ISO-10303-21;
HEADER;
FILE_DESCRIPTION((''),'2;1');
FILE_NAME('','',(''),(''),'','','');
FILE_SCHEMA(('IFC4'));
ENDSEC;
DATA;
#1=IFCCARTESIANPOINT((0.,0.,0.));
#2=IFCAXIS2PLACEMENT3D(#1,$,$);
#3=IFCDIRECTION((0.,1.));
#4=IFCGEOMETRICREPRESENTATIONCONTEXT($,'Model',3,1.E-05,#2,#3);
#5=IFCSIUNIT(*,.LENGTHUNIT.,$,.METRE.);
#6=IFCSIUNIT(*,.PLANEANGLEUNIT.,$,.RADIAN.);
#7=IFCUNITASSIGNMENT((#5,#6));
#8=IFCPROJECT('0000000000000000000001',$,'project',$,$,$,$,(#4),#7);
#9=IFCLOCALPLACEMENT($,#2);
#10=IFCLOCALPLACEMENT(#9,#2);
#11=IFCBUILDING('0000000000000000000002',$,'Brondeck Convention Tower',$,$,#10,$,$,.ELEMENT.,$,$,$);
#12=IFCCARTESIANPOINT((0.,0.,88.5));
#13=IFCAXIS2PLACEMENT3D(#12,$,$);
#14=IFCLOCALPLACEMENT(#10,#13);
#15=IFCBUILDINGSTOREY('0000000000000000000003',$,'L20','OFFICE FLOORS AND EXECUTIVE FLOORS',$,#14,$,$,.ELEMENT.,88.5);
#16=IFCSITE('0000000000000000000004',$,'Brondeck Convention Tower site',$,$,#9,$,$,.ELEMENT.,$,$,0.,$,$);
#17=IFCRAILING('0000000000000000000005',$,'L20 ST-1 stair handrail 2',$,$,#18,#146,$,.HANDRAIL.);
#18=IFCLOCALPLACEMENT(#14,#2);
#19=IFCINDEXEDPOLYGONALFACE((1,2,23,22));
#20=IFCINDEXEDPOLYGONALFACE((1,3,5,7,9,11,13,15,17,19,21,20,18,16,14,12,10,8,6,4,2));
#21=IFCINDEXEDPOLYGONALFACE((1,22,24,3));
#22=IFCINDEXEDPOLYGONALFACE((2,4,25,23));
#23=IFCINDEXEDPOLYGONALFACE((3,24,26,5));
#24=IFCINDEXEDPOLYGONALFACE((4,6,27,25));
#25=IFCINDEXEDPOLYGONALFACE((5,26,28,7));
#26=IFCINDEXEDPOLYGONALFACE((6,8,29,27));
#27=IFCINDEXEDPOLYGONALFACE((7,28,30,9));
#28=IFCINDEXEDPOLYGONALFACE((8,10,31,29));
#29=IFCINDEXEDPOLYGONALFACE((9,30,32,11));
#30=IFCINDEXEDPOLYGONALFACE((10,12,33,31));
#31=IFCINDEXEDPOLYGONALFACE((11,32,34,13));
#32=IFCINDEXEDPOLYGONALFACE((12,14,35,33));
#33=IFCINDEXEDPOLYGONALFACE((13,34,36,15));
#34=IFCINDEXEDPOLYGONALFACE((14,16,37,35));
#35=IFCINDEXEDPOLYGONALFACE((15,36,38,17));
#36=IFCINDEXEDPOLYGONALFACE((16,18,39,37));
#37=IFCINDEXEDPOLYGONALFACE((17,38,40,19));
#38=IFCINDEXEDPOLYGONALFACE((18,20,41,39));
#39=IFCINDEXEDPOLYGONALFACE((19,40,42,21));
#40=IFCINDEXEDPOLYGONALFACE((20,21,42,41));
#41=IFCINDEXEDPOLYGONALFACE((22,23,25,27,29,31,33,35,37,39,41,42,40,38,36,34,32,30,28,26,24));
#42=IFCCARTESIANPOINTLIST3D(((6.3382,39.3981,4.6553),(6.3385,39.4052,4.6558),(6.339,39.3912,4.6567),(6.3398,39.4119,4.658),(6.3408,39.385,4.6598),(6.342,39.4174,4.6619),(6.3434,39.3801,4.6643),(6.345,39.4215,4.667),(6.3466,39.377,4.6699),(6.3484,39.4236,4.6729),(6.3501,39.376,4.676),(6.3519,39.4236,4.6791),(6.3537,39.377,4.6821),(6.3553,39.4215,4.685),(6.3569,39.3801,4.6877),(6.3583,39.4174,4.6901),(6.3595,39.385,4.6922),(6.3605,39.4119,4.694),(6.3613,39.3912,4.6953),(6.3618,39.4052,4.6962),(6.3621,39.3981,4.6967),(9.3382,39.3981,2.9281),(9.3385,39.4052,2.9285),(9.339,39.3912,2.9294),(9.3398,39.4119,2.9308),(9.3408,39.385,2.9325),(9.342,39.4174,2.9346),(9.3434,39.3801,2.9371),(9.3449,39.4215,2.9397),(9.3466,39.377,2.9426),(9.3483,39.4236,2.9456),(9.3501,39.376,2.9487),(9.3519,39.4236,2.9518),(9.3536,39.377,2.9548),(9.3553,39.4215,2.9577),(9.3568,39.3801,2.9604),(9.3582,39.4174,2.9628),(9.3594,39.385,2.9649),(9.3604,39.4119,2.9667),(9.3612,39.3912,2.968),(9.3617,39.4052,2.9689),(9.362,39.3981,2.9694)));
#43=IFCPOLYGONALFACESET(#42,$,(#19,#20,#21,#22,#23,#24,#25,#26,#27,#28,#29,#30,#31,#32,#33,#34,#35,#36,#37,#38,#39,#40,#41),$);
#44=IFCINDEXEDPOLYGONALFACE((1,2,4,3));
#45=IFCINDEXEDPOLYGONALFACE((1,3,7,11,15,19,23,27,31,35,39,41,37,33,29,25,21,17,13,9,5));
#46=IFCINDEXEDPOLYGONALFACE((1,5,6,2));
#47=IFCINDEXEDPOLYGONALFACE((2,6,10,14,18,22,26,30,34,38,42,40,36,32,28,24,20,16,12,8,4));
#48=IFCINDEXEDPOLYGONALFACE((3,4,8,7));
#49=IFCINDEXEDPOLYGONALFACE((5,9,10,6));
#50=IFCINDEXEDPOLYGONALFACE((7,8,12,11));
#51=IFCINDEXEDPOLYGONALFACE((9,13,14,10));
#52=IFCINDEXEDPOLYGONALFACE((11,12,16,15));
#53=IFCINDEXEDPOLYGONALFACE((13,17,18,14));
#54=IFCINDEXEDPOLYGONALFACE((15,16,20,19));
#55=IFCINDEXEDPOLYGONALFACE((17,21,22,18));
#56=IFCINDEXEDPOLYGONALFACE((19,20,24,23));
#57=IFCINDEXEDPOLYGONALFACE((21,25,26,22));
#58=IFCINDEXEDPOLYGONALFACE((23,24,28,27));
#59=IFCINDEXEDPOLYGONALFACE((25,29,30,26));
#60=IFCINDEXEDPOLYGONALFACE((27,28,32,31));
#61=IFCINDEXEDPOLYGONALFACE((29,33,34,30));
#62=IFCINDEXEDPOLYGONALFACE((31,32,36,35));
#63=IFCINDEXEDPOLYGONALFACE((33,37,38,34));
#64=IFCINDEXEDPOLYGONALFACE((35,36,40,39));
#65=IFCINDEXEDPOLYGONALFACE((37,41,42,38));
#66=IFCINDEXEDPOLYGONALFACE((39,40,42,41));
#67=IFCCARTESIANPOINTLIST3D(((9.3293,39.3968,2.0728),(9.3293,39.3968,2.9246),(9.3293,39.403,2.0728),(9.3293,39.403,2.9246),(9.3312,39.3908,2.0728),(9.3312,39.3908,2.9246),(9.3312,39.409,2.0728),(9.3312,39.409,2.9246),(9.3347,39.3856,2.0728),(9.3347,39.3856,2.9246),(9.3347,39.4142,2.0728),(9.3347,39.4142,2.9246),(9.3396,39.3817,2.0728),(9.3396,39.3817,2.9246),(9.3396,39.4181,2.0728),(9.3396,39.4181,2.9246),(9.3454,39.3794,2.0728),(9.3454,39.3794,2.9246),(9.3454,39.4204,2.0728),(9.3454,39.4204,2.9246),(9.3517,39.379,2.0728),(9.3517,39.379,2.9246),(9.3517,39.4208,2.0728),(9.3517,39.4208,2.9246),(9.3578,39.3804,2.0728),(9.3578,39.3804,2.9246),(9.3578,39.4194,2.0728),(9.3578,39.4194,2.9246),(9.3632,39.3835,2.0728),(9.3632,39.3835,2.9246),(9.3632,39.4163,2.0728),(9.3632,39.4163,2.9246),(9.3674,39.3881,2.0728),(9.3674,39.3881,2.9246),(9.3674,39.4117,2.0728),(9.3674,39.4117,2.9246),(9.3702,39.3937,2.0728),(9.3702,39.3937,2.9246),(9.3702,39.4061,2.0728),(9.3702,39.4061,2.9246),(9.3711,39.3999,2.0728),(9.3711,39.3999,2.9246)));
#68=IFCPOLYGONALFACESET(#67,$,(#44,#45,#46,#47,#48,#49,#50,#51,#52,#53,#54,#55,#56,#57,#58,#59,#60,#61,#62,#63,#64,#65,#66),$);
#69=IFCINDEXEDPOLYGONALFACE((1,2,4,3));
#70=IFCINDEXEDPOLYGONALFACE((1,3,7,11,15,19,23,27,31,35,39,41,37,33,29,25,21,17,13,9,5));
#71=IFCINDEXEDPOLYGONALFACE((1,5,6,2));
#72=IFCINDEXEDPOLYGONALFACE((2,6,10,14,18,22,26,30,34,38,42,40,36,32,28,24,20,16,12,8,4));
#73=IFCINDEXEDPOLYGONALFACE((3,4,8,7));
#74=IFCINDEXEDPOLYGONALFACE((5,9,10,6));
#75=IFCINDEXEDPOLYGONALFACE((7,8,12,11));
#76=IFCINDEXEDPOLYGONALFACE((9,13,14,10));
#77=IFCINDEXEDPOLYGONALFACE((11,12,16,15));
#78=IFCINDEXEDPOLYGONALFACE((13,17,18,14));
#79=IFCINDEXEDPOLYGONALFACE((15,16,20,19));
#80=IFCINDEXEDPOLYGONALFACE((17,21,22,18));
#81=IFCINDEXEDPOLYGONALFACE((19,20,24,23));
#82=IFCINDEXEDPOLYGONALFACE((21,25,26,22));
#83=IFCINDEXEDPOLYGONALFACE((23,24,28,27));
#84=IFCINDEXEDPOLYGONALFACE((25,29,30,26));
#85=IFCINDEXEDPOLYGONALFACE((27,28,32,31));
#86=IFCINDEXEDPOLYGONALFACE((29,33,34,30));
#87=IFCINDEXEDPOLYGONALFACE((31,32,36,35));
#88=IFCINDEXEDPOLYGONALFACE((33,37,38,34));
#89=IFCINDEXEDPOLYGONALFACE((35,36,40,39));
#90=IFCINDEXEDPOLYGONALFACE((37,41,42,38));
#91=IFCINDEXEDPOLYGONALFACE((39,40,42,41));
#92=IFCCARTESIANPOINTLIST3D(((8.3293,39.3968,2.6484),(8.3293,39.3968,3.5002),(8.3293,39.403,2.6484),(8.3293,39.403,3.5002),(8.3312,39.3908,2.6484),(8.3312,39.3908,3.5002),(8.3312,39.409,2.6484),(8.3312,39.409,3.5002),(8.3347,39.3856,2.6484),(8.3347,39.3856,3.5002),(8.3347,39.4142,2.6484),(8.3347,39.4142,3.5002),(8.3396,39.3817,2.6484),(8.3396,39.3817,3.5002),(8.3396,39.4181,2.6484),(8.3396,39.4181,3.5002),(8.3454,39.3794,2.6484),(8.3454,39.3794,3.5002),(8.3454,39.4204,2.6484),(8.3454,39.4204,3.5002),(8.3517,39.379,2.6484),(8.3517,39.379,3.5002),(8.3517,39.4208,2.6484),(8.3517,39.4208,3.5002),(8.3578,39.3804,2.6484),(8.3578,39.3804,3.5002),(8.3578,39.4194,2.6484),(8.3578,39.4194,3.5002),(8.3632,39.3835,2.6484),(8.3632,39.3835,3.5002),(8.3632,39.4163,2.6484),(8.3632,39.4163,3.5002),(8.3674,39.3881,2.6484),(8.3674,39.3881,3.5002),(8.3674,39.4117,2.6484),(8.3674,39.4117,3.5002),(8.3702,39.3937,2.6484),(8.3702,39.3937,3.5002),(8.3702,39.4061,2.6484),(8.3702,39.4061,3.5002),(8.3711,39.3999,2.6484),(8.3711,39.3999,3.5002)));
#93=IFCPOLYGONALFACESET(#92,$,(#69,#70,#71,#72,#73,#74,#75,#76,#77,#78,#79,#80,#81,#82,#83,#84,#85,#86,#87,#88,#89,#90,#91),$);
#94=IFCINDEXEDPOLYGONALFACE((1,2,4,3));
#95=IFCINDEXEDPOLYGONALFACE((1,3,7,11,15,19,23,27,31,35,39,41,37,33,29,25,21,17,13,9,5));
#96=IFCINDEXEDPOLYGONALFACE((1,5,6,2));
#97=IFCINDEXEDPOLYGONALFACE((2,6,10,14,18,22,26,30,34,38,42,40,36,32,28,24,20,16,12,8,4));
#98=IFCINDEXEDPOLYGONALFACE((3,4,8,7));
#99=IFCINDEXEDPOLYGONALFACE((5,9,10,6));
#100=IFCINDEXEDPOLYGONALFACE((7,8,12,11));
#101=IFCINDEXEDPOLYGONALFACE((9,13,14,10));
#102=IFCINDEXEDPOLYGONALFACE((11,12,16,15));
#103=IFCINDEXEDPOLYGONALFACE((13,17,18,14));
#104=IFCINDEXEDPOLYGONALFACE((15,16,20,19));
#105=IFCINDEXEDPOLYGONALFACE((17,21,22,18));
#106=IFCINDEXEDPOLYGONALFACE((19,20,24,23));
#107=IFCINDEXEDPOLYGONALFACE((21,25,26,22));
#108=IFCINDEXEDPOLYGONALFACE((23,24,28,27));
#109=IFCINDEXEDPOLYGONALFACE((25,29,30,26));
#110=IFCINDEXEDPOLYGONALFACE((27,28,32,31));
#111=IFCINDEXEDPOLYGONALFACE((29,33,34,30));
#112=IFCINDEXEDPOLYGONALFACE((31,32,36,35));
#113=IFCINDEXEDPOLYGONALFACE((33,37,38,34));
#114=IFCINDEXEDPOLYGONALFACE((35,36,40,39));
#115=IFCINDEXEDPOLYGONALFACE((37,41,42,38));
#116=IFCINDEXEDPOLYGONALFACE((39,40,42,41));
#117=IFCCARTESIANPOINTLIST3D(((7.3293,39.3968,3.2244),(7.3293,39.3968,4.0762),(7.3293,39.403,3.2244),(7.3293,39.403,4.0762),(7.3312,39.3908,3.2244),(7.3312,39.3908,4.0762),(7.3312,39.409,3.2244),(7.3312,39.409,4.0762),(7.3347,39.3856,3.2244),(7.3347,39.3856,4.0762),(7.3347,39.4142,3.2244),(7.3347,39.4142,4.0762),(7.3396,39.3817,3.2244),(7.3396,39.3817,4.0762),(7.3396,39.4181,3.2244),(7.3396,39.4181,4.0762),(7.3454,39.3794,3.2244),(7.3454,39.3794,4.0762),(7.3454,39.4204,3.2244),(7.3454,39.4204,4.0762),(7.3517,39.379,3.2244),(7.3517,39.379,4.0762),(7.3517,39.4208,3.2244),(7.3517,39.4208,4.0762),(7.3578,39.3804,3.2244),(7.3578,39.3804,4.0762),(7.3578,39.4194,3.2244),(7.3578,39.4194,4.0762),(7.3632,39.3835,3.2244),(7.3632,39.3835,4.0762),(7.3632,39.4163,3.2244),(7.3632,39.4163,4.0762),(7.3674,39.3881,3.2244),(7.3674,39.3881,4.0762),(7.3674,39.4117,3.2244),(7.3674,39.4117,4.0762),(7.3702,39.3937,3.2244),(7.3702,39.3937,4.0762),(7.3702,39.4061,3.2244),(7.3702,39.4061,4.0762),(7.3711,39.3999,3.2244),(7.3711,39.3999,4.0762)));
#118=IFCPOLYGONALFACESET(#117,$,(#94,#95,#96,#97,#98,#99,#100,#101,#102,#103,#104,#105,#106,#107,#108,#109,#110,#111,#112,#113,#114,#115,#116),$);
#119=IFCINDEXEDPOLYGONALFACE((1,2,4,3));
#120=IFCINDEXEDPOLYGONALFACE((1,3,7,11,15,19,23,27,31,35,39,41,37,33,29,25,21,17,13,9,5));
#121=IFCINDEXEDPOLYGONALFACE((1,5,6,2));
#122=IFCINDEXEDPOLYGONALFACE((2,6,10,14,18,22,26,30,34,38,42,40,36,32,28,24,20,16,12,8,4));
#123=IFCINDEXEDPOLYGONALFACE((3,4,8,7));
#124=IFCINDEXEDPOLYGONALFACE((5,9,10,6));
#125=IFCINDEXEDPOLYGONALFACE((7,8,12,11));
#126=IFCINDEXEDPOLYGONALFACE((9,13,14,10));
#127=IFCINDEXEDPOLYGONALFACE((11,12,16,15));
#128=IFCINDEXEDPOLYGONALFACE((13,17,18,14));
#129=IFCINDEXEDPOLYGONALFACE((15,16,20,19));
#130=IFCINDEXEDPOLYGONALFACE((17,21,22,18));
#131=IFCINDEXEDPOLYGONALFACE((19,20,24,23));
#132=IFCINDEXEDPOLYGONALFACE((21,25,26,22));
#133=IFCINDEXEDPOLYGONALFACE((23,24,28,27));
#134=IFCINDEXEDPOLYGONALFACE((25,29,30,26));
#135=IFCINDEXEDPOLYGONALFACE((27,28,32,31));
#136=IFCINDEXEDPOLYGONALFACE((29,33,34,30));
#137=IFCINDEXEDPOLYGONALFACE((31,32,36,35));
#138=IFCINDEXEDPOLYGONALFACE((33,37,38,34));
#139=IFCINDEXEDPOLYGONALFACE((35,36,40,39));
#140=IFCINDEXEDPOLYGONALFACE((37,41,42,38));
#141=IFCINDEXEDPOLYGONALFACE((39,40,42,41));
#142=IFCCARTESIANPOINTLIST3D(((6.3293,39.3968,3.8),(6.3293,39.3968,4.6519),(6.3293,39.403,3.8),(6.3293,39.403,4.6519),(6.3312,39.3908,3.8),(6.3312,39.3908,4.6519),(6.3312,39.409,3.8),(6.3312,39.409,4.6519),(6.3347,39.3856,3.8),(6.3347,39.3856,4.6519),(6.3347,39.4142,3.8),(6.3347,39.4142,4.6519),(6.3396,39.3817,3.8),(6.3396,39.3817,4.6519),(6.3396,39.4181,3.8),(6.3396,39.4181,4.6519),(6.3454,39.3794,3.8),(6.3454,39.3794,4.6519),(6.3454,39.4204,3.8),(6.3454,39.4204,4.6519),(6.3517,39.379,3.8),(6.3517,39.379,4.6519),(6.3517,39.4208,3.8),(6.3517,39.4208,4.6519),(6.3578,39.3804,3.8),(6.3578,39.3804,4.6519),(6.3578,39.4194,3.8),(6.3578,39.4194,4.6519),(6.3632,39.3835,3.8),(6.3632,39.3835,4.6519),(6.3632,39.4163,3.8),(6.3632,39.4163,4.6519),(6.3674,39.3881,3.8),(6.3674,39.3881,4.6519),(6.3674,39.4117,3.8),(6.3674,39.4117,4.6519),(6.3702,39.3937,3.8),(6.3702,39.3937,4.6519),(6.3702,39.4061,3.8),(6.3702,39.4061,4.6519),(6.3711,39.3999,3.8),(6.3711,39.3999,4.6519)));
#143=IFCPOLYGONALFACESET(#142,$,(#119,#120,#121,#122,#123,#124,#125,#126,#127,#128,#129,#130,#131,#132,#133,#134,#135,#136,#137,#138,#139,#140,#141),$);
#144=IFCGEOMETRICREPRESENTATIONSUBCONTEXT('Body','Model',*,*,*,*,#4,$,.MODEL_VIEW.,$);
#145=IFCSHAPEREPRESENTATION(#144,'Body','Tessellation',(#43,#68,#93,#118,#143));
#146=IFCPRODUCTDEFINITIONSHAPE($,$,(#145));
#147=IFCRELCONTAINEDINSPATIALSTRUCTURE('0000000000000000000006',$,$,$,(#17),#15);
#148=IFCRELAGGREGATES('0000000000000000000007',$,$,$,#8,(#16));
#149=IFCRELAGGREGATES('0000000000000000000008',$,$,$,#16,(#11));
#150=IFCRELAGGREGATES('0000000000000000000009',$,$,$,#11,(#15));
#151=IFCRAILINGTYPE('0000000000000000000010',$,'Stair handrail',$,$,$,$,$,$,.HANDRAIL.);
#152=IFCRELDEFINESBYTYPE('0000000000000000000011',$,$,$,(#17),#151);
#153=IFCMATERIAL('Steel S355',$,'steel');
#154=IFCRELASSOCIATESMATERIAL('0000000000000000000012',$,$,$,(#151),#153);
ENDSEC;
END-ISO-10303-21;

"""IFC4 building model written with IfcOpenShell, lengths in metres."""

from ifc_helpers import new_model, si_unit, direction, frame, origin, origin_2d, place, context, subcontext, project, spatial, circle, extrude, material, type_object, element, save


model = new_model("IFC4")

# Units and contexts
model_context = context("Model", 3, precision=1e-05, world=origin(), true_north=direction((0.0, 1.0)))
body_context = subcontext(model_context, "Body", "Model", "MODEL_VIEW")
ifc_project = project(units=[si_unit("LENGTHUNIT", "METRE"), si_unit("PLANEANGLEUNIT", "RADIAN")], contexts=[model_context])

# Site, building, storey
site_placement = place(None, origin())
site = spatial("IfcSite", under=ifc_project, at=site_placement, Name="Brondeck Convention Tower site", CompositionType="ELEMENT", RefElevation=0.0)
building_placement = place(site_placement, origin())
building = spatial("IfcBuilding", under=site, at=building_placement, Name="Brondeck Convention Tower", CompositionType="ELEMENT")
storey_placement = place(building_placement, frame((0.0, 0.0, 88.5)))
storey = spatial("IfcBuildingStorey", under=building, at=storey_placement, Name="L20", Description="OFFICE FLOORS AND EXECUTIVE FLOORS", CompositionType="ELEMENT", Elevation=88.5)

# Railing
ifc_material_1 = material(Name="Steel S355", Category="steel")
railing_type = type_object("IfcRailingType", Name="Stair handrail", PredefinedType="HANDRAIL", material=ifc_material_1)
railing_placement = place(storey_placement, frame((9.3501, 39.3999, 2.0728)))
element("IfcRailing", 1, at=railing_placement, inside=storey, type_object=railing_type, Name="L20 ST-1 stair handrail 2", PredefinedType="HANDRAIL", context=body_context, shape_type="SweptSolid", body=[
    extrude(circle(Radius=0.0239, at=origin_2d()), frame((0.0, 0.0, 0.876), z_axis=(-0.86662, 0.0, 0.498969), x_axis=(0.0, -1.0, 0.0)), (0.0, 0.0, 1.0), 3.4617),
    extrude(circle(Radius=0.021, at=origin_2d()), origin(), (0.0, 0.0, 1.0), 0.8518),
    extrude(circle(Radius=0.021, at=origin_2d()), frame((-1.0, 0.0, 0.5757)), (0.0, 0.0, 1.0), 0.8518),
    extrude(circle(Radius=0.021, at=origin_2d()), frame((-2.0, 0.0, 1.1516)), (0.0, 0.0, 1.0), 0.8518),
    extrude(circle(Radius=0.021, at=origin_2d()), frame((-3.0, 0.0, 1.7273)), (0.0, 0.0, 1.0), 0.8518),
])

save(model, "model.ifc")
